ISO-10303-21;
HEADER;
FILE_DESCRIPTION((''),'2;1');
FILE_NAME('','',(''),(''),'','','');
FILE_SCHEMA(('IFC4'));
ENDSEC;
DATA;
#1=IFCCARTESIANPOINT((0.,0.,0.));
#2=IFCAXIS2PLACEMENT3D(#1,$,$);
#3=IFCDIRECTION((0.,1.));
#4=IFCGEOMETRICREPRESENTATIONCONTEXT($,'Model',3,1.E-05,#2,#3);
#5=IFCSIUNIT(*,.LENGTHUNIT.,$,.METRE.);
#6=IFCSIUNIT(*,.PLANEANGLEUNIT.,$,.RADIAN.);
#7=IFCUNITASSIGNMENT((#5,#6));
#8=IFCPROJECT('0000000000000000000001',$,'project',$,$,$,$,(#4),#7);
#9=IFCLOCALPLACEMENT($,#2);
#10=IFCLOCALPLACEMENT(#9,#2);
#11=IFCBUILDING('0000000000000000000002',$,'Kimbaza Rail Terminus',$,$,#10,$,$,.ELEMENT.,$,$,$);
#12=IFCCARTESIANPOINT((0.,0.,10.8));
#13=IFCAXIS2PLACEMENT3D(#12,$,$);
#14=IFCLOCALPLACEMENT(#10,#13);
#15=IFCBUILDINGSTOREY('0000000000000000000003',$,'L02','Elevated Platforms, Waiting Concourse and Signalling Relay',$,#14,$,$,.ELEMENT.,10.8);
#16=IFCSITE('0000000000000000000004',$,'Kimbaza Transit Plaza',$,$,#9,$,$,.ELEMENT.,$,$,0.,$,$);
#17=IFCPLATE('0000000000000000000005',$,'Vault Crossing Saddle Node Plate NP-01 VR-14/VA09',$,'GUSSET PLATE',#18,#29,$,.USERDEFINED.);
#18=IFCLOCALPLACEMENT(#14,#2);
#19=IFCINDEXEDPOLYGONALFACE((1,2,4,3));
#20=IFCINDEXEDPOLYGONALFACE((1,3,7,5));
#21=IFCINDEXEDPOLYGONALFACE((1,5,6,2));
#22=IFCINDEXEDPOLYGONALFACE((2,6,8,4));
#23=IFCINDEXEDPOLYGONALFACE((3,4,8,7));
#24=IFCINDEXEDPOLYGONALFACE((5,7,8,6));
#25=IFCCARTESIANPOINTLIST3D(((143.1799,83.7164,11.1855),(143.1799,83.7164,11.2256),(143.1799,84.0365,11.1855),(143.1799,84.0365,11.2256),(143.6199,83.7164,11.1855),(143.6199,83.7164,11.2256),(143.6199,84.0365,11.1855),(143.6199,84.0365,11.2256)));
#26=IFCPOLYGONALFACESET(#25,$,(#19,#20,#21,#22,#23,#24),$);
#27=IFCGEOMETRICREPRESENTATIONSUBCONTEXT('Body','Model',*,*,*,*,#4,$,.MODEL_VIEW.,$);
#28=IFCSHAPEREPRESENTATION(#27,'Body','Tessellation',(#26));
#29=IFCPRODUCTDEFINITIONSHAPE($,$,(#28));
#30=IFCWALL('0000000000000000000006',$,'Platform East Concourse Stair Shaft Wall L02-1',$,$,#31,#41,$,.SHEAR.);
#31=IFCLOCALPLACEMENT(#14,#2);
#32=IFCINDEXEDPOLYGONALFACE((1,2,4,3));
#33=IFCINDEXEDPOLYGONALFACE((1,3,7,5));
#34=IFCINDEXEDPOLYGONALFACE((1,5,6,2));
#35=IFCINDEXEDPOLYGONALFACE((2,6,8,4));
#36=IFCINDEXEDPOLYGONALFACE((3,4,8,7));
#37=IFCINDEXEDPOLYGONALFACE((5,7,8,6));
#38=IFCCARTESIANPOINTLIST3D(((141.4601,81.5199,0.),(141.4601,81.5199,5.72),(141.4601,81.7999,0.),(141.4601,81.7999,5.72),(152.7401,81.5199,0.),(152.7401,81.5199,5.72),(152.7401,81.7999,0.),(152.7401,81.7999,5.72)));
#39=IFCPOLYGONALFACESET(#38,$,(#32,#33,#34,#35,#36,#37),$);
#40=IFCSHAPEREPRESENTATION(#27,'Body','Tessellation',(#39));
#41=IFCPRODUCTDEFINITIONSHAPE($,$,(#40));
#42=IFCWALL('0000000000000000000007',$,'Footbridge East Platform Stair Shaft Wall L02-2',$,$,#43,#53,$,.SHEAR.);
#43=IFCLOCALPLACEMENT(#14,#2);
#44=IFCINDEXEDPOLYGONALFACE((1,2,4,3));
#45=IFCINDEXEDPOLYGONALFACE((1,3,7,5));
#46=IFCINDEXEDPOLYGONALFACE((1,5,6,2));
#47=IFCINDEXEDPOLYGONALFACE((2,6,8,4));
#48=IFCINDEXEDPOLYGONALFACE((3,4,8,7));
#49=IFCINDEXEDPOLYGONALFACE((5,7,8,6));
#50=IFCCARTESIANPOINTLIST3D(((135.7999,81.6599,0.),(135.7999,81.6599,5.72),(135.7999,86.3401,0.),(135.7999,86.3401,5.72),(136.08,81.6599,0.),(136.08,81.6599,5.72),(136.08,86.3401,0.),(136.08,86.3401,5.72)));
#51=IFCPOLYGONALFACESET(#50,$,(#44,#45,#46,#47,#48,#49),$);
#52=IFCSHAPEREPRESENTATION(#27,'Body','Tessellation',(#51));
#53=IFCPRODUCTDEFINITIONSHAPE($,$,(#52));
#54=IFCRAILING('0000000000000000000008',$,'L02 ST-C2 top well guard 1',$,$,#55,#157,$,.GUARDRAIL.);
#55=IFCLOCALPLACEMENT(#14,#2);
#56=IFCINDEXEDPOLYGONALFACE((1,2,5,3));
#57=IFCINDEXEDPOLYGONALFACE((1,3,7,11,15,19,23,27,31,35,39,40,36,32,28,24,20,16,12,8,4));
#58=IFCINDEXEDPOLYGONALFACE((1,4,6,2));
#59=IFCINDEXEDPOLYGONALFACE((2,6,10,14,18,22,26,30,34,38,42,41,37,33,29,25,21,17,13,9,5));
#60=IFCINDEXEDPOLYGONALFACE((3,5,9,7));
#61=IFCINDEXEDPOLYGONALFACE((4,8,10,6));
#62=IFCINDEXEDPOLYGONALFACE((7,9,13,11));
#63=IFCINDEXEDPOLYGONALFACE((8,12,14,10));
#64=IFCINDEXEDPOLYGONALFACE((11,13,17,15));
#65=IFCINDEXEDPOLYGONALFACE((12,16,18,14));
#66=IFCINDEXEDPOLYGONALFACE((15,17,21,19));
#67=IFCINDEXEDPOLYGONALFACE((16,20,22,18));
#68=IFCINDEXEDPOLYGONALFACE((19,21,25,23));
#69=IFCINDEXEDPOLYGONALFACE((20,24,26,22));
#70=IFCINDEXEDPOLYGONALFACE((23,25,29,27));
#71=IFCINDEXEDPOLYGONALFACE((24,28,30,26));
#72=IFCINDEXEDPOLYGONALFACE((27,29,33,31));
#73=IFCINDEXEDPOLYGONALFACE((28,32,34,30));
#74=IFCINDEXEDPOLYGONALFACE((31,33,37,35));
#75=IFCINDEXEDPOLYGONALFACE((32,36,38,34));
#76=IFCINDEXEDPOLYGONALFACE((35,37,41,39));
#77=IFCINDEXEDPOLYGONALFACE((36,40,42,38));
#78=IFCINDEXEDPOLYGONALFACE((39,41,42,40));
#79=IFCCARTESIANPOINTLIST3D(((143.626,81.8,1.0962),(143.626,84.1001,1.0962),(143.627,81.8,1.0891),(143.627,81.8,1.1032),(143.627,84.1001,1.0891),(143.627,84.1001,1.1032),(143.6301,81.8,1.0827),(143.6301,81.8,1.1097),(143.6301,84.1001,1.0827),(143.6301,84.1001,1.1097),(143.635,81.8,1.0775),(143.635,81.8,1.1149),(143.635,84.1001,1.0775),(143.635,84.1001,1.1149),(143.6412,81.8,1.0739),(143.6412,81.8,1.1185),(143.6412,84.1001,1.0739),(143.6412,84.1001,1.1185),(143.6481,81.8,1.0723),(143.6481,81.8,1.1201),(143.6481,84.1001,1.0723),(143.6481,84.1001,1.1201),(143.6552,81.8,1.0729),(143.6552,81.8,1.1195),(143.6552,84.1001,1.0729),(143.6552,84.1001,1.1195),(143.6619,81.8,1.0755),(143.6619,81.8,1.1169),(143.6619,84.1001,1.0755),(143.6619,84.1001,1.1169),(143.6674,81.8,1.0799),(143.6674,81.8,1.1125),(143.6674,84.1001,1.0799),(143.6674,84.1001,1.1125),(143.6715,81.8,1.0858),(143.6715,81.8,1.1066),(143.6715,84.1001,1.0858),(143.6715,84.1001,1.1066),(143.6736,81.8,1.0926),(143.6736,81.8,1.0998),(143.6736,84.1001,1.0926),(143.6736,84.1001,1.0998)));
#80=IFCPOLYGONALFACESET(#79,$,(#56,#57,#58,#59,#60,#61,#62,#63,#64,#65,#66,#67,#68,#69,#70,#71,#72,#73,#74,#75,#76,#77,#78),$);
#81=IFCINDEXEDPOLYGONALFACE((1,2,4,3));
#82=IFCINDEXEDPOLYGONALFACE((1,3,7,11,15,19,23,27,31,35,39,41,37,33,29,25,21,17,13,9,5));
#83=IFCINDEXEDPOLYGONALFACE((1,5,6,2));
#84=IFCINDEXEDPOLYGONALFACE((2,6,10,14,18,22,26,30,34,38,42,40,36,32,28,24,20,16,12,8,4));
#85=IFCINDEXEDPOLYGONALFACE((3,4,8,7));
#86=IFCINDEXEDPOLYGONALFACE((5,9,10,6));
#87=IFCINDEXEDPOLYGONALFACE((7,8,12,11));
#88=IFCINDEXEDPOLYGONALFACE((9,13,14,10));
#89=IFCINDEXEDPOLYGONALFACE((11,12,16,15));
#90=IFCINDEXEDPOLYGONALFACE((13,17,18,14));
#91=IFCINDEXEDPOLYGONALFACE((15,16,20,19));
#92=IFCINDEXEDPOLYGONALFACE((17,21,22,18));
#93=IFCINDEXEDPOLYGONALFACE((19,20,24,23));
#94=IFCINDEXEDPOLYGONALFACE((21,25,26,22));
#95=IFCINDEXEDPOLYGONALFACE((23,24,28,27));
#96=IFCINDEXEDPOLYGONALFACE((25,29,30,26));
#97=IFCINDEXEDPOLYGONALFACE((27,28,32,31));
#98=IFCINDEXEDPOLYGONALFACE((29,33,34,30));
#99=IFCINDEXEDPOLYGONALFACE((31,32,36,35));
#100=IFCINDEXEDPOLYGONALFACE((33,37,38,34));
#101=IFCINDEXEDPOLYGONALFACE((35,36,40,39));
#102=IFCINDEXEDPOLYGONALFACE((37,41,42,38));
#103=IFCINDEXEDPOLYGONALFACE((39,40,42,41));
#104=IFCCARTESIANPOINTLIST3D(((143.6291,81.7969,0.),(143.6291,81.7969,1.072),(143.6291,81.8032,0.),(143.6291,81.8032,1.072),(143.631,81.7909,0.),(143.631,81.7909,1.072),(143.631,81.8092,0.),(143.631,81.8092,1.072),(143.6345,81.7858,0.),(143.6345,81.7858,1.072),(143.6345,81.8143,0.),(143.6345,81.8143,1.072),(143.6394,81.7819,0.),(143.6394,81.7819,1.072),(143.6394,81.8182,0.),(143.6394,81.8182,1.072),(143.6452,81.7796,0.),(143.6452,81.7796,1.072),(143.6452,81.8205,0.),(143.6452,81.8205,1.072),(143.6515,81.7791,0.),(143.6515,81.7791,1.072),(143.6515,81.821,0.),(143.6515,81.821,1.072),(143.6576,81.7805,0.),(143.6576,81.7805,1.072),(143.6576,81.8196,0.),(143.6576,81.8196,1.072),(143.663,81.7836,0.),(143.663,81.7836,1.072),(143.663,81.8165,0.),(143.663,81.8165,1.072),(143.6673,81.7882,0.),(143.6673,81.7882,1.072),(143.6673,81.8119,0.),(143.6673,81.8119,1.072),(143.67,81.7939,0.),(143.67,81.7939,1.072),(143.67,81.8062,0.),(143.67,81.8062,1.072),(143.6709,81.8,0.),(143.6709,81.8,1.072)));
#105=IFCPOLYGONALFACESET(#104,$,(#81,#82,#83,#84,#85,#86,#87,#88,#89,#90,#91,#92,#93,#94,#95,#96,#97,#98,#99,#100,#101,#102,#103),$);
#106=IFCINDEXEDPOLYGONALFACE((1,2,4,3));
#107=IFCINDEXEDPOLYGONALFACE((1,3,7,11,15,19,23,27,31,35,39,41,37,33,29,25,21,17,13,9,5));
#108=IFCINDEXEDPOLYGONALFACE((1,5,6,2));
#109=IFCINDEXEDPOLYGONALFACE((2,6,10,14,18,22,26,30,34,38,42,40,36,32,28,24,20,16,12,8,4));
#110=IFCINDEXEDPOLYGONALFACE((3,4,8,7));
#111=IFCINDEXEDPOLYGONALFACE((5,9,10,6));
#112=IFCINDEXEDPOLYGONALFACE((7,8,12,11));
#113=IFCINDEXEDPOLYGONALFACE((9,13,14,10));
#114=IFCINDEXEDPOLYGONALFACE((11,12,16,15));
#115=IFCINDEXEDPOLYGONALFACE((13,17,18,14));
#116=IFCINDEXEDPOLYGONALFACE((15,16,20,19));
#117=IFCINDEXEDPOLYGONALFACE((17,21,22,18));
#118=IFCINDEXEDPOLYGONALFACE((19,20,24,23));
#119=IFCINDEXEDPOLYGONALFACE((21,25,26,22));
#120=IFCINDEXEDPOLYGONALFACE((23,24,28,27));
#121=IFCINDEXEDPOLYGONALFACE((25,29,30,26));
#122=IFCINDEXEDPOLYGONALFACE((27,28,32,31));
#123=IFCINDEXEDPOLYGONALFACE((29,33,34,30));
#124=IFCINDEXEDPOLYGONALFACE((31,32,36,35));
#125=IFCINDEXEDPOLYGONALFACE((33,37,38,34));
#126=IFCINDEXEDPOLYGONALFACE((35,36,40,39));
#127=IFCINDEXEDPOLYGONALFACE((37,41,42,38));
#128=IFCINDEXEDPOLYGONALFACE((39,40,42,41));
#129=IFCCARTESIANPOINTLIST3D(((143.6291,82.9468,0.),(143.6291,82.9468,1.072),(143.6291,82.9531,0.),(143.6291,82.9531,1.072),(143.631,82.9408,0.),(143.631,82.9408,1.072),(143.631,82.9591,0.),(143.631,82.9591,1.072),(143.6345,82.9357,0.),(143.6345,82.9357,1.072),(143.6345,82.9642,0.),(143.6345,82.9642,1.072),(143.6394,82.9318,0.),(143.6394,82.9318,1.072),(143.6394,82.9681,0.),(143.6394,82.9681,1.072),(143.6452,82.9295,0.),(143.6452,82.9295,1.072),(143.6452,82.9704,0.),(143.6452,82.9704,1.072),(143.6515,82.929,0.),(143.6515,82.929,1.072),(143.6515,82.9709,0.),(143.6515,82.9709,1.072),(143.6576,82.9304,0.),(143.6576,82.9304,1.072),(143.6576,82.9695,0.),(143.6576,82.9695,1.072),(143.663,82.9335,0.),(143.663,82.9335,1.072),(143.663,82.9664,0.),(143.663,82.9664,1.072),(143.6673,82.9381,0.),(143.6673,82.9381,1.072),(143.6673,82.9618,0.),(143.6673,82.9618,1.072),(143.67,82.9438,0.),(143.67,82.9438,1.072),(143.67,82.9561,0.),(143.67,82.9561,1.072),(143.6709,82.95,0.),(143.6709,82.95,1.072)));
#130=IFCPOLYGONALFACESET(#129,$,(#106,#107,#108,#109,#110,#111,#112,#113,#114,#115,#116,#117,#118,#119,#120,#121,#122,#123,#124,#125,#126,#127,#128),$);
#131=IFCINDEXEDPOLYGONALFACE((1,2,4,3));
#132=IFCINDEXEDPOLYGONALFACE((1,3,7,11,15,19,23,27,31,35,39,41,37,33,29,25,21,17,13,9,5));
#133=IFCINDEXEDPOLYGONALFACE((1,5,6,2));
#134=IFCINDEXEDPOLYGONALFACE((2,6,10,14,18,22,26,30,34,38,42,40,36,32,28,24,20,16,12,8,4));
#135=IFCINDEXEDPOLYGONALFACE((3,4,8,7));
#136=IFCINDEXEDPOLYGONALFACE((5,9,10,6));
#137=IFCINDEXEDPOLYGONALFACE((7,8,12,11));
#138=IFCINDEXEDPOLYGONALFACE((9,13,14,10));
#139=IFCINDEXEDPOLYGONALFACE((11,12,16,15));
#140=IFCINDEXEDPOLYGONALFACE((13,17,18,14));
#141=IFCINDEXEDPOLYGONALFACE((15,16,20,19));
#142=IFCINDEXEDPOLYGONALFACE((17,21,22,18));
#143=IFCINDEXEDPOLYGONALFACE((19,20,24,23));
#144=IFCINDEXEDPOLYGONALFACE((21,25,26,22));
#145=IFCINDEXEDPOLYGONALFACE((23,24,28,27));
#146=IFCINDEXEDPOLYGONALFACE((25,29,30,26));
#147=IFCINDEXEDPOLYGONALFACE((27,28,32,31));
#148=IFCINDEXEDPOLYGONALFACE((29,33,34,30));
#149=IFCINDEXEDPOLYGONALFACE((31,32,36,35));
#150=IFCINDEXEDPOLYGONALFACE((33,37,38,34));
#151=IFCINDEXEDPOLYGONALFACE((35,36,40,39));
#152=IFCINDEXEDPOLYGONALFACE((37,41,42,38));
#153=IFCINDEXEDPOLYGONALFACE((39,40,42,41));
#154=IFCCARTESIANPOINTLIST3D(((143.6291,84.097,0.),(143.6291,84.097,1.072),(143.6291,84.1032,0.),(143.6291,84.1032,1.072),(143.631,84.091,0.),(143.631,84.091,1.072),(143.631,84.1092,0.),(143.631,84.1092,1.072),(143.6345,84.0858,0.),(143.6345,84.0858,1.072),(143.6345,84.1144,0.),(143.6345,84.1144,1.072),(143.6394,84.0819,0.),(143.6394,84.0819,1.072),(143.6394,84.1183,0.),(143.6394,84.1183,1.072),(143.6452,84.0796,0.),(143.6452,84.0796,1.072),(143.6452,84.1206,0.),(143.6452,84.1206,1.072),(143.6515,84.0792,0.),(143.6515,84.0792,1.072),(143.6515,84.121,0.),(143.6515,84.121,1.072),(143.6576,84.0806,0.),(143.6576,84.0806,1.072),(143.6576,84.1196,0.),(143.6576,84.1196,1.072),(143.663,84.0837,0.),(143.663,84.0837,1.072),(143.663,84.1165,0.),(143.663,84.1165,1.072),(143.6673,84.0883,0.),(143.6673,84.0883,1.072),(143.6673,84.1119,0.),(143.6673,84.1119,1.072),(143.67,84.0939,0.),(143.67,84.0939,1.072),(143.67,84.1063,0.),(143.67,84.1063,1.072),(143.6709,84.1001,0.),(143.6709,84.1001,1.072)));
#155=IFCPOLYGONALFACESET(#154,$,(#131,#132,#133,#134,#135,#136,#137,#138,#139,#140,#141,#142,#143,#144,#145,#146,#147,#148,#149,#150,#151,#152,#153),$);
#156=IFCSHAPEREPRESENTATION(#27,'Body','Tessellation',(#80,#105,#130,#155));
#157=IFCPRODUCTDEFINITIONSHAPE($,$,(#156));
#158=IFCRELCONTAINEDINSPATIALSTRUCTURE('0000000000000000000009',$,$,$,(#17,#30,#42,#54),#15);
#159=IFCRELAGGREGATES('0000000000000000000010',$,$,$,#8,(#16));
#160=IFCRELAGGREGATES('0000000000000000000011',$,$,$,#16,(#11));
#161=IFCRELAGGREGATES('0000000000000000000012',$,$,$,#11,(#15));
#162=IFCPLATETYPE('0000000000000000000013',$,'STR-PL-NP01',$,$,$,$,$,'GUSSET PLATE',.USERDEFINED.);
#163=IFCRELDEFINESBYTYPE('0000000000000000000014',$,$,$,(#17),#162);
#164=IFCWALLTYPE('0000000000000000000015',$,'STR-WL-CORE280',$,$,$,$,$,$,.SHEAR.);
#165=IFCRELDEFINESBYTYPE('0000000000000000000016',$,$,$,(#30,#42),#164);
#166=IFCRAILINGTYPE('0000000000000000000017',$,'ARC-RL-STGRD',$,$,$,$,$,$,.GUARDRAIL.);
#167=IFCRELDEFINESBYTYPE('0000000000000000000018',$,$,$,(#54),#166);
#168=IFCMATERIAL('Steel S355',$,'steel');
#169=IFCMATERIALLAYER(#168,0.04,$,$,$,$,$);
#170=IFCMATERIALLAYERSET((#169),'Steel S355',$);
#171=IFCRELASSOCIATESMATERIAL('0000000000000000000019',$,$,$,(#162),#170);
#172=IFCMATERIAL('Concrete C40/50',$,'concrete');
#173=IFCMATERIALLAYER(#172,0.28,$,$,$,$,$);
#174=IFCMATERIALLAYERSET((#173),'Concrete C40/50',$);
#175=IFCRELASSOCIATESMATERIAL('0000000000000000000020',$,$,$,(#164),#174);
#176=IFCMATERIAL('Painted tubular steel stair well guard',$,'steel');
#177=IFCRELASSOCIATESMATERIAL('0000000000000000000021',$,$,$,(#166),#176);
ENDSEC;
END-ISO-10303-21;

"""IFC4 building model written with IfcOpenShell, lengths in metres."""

from ifc_helpers import new_model, si_unit, direction, frame, frame_2d, origin, origin_2d, place, context, subcontext, project, spatial, rectangle, circle, extrude, material, layer, layer_set, type_object, element, save


model = new_model("IFC4")

# Units and contexts
model_context = context("Model", 3, precision=1e-05, world=origin(), true_north=direction((0.0, 1.0)))
body_context = subcontext(model_context, "Body", "Model", "MODEL_VIEW")
ifc_project = project(units=[si_unit("LENGTHUNIT", "METRE"), si_unit("PLANEANGLEUNIT", "RADIAN")], contexts=[model_context])

# Site, building, storey
site_placement = place(None, origin())
site = spatial("IfcSite", under=ifc_project, at=site_placement, Name="Kimbaza Transit Plaza", CompositionType="ELEMENT", RefElevation=0.0)
building_placement = place(site_placement, origin())
building = spatial("IfcBuilding", under=site, at=building_placement, Name="Kimbaza Rail Terminus", CompositionType="ELEMENT")
storey_placement = place(building_placement, frame((0.0, 0.0, 10.8)))
storey = spatial("IfcBuildingStorey", under=building, at=storey_placement, Name="L02", Description="Elevated Platforms, Waiting Concourse and Signalling Relay", CompositionType="ELEMENT", Elevation=10.8)

# Plate
ifc_material_1 = material(Name="Steel S355", Category="steel")
ifc_layer_1 = layer(ifc_material_1, 0.04)
ifc_layer_set_1 = layer_set([ifc_layer_1], Name="Steel S355")
plate_type_1 = type_object("IfcPlateType", Name="STR-PL-NP01", ElementType="GUSSET PLATE", PredefinedType="USERDEFINED", material=ifc_layer_set_1)
for number, where, z_axis, x_axis, name in (
    (1, (143.3999, 83.8765, 11.1855), (0.0, 0.0, 1.0), (1.0, 0.0, 0.0), "Vault Crossing Saddle Node Plate NP-01 VR-14/VA09"),
):
    element("IfcPlate", number, at=place(storey_placement, frame(where, z_axis=z_axis, x_axis=x_axis)), inside=storey, type_object=plate_type_1, Name=name, ObjectType="GUSSET PLATE", PredefinedType="USERDEFINED", context=body_context, shape_type="SweptSolid", body=[
        extrude(rectangle(XDim=0.4399, YDim=0.3201, at=origin_2d()), origin(), (0.0, 0.0, 1.0), 0.04),
    ])

# Walls
ifc_material_2 = material(Name="Concrete C40/50", Category="concrete")
ifc_layer_2 = layer(ifc_material_2, 0.28)
ifc_layer_set_2 = layer_set([ifc_layer_2], Name="Concrete C40/50")
wall_type = type_object("IfcWallType", Name="STR-WL-CORE280", PredefinedType="SHEAR", material=ifc_layer_set_2)
wall_1_placement = place(storey_placement, frame((141.46, 81.6599, 0.0), z_axis=(0.0, 0.0, 1.0), x_axis=(1.0, 0.0, 0.0)))
element("IfcWall", 2, at=wall_1_placement, inside=storey, type_object=wall_type, Name="Platform East Concourse Stair Shaft Wall L02-1", PredefinedType="SHEAR", context=body_context, shape_type="SweptSolid", body=[
    extrude(rectangle(XDim=11.28, YDim=0.28, at=frame_2d((5.6401, 0.0))), origin(), (0.0, 0.0, 1.0), 5.72),
])
wall_2_placement = place(storey_placement, frame((135.9399, 81.6599, 0.0), z_axis=(0.0, 0.0, 1.0), x_axis=(0.0, 1.0, 0.0)))
element("IfcWall", 3, at=wall_2_placement, inside=storey, type_object=wall_type, Name="Footbridge East Platform Stair Shaft Wall L02-2", PredefinedType="SHEAR", context=body_context, shape_type="SweptSolid", body=[
    extrude(rectangle(XDim=4.6802, YDim=0.28, at=frame_2d((2.3401, 0.0))), origin(), (0.0, 0.0, 1.0), 5.72),
])

# Railing
ifc_material_3 = material(Name="Painted tubular steel stair well guard", Category="steel")
railing_type = type_object("IfcRailingType", Name="ARC-RL-STGRD", PredefinedType="GUARDRAIL", material=ifc_material_3)
railing_placement = place(storey_placement, frame((143.6499, 81.8, 0.0)))
element("IfcRailing", 4, at=railing_placement, inside=storey, type_object=railing_type, Name="L02 ST-C2 top well guard 1", PredefinedType="GUARDRAIL", context=body_context, shape_type="SweptSolid", body=[
    extrude(circle(Radius=0.0239, at=origin_2d()), frame((0.0, 0.0, 1.0962), z_axis=(0.0, 1.0, 0.0), x_axis=(-1.0, 0.0, 0.0)), (0.0, 0.0, 1.0), 2.3),
    extrude(circle(Radius=0.021, at=origin_2d()), origin(), (0.0, 0.0, 1.0), 1.072),
    extrude(circle(Radius=0.021, at=origin_2d()), frame((0.0, 1.1499, 0.0)), (0.0, 0.0, 1.0), 1.072),
    extrude(circle(Radius=0.021, at=origin_2d()), frame((0.0, 2.3, 0.0)), (0.0, 0.0, 1.0), 1.072),
])

save(model, "model.ifc")
